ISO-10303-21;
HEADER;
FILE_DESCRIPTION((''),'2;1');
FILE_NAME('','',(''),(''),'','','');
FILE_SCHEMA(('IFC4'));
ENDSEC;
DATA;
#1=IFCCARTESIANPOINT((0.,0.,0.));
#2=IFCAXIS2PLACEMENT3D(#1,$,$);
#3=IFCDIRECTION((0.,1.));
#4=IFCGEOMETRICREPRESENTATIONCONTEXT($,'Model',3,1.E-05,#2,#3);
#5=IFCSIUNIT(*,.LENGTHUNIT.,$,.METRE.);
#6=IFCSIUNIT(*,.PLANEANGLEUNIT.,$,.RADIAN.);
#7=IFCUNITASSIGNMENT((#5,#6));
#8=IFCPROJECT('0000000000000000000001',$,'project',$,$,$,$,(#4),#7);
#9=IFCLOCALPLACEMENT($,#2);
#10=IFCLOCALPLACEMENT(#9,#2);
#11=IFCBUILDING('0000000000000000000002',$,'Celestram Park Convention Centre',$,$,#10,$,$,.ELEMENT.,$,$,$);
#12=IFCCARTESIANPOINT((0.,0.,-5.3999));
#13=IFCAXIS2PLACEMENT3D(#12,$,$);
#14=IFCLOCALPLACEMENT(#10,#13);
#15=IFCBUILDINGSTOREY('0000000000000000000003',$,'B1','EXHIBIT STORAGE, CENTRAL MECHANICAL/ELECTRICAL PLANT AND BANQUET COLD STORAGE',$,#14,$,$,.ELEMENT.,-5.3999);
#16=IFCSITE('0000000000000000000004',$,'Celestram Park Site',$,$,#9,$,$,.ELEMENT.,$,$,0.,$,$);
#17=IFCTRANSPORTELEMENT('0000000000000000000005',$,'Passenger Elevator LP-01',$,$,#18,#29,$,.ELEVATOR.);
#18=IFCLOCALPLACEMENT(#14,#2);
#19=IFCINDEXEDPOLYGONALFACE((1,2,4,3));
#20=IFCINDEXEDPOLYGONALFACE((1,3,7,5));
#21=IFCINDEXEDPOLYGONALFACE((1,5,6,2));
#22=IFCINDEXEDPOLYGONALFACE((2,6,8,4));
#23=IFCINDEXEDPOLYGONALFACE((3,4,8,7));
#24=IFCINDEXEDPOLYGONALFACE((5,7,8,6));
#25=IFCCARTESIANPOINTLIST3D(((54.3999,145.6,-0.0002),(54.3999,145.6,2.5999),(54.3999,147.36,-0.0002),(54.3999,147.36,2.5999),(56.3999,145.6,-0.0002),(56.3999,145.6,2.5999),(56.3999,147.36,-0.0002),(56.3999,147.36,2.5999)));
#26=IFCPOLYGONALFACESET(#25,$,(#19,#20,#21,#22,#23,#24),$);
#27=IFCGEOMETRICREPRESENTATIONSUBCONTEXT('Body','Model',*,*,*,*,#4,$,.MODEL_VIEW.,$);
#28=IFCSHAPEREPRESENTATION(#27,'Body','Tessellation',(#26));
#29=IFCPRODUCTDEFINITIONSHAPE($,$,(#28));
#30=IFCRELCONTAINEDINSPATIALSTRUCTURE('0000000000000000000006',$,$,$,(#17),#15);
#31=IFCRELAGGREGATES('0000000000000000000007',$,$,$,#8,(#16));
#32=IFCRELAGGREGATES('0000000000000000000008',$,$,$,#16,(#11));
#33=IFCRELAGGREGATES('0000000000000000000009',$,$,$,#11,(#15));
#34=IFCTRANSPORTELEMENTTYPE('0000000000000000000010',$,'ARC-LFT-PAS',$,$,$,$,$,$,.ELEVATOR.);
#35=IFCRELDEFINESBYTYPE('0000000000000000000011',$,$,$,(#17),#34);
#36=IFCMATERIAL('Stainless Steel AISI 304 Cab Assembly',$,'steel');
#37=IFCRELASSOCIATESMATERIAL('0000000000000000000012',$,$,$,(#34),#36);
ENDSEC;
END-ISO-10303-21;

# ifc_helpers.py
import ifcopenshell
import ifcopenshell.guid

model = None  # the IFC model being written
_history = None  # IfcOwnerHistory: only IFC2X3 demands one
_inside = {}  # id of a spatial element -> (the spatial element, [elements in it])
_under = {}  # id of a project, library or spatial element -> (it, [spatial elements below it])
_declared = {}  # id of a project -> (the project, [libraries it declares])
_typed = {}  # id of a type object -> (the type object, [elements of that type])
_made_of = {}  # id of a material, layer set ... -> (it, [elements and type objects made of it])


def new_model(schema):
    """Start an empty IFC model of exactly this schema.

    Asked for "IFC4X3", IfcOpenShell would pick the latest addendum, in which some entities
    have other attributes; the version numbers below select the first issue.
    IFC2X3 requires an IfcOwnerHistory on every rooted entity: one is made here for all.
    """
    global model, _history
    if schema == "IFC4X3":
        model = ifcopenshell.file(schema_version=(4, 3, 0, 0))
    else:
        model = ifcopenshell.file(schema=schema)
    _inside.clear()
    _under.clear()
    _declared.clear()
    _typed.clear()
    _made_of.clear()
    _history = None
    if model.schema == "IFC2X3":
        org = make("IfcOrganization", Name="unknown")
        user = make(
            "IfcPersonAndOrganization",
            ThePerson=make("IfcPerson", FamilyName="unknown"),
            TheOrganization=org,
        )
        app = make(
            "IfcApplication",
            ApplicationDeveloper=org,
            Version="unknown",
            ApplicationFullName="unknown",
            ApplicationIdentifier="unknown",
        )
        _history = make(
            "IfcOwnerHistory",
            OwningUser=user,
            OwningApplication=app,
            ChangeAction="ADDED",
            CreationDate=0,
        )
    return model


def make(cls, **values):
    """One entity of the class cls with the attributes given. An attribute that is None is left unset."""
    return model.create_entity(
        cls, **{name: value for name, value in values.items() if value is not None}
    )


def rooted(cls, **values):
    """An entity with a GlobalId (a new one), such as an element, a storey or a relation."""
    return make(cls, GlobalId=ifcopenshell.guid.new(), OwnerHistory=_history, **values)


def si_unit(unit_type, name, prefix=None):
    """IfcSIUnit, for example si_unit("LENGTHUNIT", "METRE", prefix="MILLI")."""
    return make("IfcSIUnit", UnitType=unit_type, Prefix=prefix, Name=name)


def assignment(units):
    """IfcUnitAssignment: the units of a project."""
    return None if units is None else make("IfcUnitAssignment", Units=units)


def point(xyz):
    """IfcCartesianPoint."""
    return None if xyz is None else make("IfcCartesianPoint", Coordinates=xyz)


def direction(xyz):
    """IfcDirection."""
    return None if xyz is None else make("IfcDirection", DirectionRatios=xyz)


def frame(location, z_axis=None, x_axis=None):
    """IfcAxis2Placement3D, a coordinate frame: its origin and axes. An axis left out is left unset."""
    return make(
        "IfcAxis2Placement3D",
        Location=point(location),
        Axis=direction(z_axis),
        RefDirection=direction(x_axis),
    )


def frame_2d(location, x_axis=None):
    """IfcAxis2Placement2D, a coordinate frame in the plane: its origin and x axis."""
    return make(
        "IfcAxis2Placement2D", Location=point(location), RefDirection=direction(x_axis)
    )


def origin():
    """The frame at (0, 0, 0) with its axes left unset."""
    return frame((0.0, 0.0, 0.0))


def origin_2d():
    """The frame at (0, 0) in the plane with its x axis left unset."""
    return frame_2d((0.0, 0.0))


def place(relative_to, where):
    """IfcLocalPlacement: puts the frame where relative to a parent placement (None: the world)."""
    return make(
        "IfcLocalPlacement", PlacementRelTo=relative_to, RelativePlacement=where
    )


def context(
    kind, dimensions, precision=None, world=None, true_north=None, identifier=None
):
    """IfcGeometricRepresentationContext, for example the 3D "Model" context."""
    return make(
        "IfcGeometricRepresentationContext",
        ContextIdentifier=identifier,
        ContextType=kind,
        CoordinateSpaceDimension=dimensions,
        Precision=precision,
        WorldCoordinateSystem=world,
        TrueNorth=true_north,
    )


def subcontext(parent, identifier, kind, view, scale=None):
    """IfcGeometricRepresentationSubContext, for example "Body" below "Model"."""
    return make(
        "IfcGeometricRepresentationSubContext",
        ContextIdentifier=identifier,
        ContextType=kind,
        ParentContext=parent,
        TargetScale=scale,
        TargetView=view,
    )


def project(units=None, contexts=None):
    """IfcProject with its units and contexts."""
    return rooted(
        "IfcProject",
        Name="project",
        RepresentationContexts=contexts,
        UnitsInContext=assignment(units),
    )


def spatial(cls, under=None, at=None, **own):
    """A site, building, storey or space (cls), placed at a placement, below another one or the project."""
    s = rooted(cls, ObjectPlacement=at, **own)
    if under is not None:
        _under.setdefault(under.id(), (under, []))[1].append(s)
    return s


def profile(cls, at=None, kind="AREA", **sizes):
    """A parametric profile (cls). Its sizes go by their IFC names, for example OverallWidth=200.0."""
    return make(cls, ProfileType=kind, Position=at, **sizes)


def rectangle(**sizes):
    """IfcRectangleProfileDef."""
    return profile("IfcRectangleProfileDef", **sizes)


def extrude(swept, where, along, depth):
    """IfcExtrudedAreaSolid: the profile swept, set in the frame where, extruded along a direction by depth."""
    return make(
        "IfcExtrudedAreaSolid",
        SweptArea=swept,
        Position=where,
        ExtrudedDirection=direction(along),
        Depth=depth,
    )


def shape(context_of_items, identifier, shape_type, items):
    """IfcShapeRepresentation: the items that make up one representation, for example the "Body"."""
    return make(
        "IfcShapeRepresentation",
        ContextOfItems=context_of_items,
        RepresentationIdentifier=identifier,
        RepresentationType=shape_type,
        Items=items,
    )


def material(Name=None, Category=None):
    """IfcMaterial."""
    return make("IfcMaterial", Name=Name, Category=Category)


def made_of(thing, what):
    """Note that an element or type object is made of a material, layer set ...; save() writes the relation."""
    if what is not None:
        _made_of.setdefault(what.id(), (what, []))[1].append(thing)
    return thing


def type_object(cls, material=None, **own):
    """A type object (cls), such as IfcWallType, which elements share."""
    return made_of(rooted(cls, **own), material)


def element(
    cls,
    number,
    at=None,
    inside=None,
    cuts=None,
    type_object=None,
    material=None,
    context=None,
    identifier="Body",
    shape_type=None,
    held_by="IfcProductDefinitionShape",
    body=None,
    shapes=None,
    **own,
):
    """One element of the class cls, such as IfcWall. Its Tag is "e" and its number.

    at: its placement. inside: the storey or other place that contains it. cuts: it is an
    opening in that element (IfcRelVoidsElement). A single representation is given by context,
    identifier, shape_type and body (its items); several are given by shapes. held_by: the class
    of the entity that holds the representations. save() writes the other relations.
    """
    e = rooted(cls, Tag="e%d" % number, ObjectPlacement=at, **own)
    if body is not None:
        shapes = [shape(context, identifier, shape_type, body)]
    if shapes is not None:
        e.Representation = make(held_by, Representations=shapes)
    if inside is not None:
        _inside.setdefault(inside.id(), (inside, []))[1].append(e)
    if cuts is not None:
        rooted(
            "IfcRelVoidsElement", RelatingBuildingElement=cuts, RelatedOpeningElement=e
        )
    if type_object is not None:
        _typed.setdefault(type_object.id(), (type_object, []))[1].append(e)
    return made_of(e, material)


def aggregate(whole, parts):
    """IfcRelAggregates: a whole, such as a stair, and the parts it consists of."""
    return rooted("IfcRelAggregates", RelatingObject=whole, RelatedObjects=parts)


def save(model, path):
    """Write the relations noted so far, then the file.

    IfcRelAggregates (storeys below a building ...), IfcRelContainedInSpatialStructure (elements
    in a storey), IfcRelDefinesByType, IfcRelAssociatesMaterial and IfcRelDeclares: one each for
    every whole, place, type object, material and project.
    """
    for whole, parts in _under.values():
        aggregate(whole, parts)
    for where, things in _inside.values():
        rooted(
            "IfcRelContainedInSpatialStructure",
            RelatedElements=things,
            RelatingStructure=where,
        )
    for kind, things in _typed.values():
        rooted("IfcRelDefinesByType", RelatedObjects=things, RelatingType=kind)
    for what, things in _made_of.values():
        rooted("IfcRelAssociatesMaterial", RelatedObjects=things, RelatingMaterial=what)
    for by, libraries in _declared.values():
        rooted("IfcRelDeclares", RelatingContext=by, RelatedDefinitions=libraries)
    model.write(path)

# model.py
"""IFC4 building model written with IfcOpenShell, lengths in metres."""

from ifc_helpers import new_model, si_unit, direction, frame, origin, origin_2d, place, context, subcontext, project, spatial, rectangle, extrude, material, type_object, element, save


model = new_model("IFC4")

# Units and contexts
model_context = context("Model", 3, precision=1e-05, world=origin(), true_north=direction((0.0, 1.0)))
body_context = subcontext(model_context, "Body", "Model", "MODEL_VIEW")
ifc_project = project(units=[si_unit("LENGTHUNIT", "METRE"), si_unit("PLANEANGLEUNIT", "RADIAN")], contexts=[model_context])

# Site, building, storey
site_placement = place(None, origin())
site = spatial("IfcSite", under=ifc_project, at=site_placement, Name="Celestram Park Site", CompositionType="ELEMENT", RefElevation=0.0)
building_placement = place(site_placement, origin())
building = spatial("IfcBuilding", under=site, at=building_placement, Name="Celestram Park Convention Centre", CompositionType="ELEMENT")
storey_placement = place(building_placement, frame((0.0, 0.0, -5.3999)))
storey = spatial("IfcBuildingStorey", under=building, at=storey_placement, Name="B1", Description="EXHIBIT STORAGE, CENTRAL MECHANICAL/ELECTRICAL PLANT AND BANQUET COLD STORAGE", CompositionType="ELEMENT", Elevation=-5.3999)

# Transport element
ifc_material_1 = material(Name="Stainless Steel AISI 304 Cab Assembly", Category="steel")
transport_element_type_1 = type_object("IfcTransportElementType", Name="ARC-LFT-PAS", PredefinedType="ELEVATOR", material=ifc_material_1)
transport_element_1_placement = place(storey_placement, frame((55.3999, 146.48, -0.0002), z_axis=(0.0, 0.0, 1.0), x_axis=(1.0, 0.0, 0.0)))
element("IfcTransportElement", 1, at=transport_element_1_placement, inside=storey, type_object=transport_element_type_1, Name="Passenger Elevator LP-01", PredefinedType="ELEVATOR", context=body_context, shape_type="SweptSolid", body=[
    extrude(rectangle(XDim=2.0, YDim=1.76, at=origin_2d()), origin(), (0.0, 0.0, 1.0), 2.6001),
])

save(model, "model.ifc")
